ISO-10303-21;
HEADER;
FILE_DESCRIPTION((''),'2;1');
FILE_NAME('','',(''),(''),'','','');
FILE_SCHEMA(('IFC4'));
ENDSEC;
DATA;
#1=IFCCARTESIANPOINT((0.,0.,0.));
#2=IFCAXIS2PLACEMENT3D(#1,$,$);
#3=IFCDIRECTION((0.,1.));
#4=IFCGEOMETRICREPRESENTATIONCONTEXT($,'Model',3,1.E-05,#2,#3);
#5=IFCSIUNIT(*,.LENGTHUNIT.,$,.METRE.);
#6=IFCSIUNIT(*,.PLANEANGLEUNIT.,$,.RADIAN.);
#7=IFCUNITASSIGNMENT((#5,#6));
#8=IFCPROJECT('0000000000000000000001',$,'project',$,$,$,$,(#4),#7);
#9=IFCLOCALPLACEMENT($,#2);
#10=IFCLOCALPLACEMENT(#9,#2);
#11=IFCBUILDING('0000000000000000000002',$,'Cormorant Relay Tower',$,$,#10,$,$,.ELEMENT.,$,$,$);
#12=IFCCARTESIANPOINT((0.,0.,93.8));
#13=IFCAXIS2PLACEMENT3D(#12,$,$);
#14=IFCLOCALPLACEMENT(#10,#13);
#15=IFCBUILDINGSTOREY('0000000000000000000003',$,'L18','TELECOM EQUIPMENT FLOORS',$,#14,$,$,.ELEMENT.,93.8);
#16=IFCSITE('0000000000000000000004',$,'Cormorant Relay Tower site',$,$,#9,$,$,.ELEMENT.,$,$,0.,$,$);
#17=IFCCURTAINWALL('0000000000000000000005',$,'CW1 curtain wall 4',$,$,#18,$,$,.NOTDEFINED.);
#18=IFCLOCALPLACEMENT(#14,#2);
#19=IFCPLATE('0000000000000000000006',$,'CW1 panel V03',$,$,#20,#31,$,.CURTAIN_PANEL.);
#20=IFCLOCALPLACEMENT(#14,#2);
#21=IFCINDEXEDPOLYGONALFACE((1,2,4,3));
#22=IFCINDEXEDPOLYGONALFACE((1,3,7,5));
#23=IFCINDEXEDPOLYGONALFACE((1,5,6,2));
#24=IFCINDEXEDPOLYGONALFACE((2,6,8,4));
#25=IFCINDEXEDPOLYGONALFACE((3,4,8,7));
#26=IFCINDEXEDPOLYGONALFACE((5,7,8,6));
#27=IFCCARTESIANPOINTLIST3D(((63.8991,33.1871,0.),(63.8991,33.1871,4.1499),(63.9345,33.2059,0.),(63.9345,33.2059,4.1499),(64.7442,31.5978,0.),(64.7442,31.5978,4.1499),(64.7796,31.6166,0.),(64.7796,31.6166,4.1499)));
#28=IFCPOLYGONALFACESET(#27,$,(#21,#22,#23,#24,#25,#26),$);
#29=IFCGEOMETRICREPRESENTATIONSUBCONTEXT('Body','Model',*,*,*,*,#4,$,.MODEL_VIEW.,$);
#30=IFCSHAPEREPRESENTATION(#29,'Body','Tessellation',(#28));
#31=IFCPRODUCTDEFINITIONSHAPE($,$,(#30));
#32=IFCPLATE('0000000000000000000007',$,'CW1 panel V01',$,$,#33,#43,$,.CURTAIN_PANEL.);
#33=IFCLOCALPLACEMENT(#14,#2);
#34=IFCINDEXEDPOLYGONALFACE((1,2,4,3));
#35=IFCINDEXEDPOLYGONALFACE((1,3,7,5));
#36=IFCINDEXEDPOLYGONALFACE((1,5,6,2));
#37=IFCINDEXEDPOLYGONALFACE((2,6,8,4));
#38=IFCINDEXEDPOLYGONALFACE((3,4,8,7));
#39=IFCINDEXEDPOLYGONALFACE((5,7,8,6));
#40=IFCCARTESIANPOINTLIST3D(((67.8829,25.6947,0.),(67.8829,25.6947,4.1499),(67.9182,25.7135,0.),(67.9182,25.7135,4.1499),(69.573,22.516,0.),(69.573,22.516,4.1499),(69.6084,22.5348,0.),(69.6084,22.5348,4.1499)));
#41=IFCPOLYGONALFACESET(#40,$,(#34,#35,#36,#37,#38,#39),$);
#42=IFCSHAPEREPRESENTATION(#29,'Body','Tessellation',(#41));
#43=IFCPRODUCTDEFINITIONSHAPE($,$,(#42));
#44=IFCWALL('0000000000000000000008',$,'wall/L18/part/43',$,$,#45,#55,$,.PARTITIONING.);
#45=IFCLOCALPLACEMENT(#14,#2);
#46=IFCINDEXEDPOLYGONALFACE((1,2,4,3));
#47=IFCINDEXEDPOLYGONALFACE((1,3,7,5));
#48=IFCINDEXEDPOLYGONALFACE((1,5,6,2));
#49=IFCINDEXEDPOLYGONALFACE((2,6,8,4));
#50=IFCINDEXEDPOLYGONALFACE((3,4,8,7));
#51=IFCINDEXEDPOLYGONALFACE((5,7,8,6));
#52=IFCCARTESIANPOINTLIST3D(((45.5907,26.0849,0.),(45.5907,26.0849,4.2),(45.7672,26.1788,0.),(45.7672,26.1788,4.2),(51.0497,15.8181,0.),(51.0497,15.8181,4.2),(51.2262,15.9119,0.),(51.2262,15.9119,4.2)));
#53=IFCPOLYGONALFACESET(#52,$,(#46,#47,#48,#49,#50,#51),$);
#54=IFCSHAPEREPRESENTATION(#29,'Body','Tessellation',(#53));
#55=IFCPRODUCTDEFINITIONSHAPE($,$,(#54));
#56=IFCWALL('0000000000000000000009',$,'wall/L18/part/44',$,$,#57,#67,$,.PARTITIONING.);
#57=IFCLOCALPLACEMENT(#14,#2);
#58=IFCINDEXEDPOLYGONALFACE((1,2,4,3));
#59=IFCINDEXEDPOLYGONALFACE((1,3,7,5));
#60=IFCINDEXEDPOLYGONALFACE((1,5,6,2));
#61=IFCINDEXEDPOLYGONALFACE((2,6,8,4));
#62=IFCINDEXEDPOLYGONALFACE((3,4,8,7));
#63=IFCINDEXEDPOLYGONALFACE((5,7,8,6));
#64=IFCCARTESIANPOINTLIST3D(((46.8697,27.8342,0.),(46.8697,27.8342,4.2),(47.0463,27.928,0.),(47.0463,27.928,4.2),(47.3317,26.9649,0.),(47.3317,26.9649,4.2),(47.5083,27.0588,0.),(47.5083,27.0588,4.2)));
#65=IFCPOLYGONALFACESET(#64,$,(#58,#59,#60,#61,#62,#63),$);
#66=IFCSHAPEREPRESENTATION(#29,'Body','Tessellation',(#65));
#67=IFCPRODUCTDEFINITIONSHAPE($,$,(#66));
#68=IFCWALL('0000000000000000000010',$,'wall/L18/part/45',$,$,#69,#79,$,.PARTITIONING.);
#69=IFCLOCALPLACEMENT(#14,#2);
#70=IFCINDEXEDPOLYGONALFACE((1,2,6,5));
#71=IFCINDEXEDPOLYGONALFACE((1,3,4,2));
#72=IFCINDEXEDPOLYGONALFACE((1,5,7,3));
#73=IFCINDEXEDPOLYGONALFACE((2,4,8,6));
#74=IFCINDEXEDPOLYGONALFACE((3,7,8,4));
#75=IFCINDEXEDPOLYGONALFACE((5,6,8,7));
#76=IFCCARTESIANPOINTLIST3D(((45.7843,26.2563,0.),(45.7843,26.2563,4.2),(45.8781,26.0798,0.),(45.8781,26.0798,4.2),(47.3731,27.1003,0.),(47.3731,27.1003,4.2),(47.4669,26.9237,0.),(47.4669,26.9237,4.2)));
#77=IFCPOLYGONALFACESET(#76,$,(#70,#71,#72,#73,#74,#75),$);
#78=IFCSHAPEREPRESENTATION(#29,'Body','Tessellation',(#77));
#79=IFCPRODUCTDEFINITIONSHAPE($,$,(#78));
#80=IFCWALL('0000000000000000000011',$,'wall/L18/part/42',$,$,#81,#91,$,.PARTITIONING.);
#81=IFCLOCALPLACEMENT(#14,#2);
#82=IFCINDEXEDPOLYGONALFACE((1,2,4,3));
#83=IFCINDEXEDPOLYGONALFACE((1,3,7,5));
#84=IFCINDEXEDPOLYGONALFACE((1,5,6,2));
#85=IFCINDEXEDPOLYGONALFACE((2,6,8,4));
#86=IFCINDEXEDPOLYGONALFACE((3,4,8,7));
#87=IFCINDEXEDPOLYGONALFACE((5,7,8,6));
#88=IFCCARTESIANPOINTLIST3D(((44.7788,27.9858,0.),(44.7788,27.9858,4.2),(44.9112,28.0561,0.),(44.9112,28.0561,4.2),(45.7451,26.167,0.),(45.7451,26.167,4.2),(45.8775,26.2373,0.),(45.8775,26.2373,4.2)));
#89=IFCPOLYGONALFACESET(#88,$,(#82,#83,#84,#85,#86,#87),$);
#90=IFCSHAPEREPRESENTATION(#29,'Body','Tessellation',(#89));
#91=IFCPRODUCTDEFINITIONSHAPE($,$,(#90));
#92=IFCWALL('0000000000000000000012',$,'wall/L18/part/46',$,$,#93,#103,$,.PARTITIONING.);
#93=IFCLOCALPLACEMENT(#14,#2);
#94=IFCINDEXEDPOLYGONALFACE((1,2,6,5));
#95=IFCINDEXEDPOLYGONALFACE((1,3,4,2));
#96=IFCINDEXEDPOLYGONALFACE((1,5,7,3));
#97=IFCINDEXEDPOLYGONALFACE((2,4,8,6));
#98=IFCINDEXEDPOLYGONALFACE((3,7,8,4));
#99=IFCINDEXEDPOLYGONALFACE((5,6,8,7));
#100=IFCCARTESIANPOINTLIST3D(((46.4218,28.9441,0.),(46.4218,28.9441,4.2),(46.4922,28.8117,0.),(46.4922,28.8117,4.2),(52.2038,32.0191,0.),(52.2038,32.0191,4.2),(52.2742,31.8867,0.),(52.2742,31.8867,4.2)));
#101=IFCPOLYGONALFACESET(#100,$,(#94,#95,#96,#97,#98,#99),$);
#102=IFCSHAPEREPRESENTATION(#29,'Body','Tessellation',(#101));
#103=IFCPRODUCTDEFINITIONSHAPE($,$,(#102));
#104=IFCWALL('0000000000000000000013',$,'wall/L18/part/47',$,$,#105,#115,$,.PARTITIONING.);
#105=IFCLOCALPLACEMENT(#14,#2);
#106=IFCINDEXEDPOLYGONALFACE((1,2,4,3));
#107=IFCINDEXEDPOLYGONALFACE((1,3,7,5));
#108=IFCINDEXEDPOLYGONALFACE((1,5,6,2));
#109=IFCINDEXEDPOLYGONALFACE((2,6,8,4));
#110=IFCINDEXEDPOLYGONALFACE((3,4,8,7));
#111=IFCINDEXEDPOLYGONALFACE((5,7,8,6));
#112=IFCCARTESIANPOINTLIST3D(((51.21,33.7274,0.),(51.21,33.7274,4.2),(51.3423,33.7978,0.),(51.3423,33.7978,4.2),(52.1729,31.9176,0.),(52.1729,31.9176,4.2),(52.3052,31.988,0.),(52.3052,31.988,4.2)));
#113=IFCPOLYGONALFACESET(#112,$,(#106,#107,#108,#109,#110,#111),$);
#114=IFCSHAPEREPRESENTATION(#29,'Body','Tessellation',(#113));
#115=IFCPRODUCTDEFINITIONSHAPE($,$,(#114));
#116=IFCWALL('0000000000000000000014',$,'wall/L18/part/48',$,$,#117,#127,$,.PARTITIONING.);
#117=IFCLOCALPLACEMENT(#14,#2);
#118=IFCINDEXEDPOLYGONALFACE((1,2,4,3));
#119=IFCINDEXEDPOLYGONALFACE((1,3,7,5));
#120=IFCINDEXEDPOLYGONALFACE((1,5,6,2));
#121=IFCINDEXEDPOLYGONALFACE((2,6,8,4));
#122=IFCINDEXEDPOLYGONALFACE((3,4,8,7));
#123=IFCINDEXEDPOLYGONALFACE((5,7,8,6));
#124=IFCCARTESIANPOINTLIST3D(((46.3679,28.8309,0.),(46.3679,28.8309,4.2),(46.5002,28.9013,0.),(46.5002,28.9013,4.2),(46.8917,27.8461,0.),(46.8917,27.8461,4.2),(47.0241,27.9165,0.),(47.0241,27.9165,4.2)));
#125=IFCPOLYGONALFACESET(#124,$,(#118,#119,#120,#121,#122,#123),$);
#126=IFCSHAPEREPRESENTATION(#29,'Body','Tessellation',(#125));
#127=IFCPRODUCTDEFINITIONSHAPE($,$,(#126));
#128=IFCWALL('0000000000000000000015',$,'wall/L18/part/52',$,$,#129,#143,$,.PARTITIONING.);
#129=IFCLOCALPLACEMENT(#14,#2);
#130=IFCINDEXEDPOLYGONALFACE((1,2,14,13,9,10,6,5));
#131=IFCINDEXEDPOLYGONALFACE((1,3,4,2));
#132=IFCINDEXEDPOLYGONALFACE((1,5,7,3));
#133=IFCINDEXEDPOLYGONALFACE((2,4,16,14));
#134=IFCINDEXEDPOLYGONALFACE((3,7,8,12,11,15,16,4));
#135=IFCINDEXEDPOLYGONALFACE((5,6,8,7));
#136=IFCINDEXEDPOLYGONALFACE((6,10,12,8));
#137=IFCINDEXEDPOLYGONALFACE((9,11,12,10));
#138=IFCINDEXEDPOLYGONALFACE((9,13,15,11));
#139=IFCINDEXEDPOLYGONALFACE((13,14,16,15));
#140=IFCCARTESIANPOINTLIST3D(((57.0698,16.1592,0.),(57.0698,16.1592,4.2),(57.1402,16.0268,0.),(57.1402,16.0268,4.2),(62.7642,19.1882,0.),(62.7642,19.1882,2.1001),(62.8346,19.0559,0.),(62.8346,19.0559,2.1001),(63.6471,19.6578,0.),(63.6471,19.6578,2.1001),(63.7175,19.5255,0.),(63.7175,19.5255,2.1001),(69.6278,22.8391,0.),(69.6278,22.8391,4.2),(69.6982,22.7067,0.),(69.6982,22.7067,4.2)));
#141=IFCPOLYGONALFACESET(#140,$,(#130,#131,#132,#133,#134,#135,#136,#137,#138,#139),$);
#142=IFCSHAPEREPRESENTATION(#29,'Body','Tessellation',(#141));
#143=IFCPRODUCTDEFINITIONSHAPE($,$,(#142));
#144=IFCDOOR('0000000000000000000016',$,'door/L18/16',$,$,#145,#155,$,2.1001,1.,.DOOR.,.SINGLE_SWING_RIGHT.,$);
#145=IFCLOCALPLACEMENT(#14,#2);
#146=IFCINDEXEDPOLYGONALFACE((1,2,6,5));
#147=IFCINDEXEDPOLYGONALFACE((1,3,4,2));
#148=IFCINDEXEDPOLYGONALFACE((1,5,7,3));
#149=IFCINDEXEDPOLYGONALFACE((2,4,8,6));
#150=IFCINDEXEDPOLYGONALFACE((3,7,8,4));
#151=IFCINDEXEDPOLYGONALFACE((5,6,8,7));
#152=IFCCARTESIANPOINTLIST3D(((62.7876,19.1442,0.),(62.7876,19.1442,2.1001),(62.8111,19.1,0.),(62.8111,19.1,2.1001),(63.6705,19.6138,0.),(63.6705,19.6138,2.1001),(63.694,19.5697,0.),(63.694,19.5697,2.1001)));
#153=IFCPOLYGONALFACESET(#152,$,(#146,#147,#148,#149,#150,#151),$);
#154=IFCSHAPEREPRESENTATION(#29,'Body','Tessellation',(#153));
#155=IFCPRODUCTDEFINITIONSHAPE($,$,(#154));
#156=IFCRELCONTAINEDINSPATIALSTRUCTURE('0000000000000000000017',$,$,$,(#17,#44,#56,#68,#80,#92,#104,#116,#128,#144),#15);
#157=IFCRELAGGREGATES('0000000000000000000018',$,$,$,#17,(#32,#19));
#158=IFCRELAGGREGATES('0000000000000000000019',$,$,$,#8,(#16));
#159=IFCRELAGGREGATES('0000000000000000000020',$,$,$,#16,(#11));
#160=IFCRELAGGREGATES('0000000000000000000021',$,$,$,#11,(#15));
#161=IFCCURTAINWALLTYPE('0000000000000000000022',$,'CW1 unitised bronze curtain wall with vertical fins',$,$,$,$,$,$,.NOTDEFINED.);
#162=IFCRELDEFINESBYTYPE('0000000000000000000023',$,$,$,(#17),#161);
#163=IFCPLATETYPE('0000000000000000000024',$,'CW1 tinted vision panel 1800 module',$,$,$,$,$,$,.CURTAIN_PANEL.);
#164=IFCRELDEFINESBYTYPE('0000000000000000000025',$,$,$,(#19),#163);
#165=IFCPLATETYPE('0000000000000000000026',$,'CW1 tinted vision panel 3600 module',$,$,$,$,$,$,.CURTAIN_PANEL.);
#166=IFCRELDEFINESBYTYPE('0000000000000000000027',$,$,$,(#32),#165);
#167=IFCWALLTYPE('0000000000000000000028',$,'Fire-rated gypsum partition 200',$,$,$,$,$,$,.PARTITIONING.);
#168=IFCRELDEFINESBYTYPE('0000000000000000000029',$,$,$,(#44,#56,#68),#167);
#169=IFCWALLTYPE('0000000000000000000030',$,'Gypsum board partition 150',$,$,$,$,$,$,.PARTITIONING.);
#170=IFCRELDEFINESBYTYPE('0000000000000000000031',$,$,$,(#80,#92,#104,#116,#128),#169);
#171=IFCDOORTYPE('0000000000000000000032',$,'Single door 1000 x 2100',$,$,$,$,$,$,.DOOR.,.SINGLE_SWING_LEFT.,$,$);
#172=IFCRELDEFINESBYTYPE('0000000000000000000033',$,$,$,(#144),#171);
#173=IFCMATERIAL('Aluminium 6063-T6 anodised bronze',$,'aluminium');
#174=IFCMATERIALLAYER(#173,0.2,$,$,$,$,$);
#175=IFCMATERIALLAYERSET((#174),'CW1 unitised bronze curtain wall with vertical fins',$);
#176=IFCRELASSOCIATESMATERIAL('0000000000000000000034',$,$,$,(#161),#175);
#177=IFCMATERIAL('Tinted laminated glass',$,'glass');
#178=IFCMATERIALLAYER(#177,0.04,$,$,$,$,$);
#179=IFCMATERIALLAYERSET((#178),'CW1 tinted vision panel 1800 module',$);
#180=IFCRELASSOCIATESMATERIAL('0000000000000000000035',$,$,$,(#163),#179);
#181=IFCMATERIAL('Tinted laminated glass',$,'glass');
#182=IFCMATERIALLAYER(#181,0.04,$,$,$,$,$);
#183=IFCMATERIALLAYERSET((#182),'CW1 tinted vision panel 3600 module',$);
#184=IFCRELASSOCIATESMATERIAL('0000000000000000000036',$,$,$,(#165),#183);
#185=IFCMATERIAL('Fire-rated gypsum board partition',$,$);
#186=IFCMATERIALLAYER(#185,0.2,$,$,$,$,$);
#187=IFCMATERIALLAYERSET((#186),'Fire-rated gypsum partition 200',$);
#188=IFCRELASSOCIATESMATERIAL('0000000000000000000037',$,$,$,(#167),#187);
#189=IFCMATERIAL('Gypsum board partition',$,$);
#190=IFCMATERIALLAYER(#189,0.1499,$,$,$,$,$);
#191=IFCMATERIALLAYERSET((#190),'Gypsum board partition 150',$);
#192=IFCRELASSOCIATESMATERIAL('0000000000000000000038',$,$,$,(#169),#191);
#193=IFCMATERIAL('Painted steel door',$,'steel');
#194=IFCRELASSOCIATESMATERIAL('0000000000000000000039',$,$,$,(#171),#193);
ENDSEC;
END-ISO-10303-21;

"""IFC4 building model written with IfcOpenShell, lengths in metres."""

from ifc_helpers import new_model, si_unit, direction, frame, frame_2d, origin, origin_2d, place, context, subcontext, project, spatial, rectangle, extrude, material, layer, layer_set, type_object, element, fill, aggregate, save


model = new_model("IFC4")

# Units and contexts
model_context = context("Model", 3, precision=1e-05, world=origin(), true_north=direction((0.0, 1.0)))
body_context = subcontext(model_context, "Body", "Model", "MODEL_VIEW")
ifc_project = project(units=[si_unit("LENGTHUNIT", "METRE"), si_unit("PLANEANGLEUNIT", "RADIAN")], contexts=[model_context])

# Site, building, storey
site_placement = place(None, origin())
site = spatial("IfcSite", under=ifc_project, at=site_placement, Name="Cormorant Relay Tower site", CompositionType="ELEMENT", RefElevation=0.0)
building_placement = place(site_placement, origin())
building = spatial("IfcBuilding", under=site, at=building_placement, Name="Cormorant Relay Tower", CompositionType="ELEMENT")
storey_placement = place(building_placement, frame((0.0, 0.0, 93.8)))
storey = spatial("IfcBuildingStorey", under=building, at=storey_placement, Name="L18", Description="TELECOM EQUIPMENT FLOORS", CompositionType="ELEMENT", Elevation=93.8)

# Curtain wall
ifc_material_1 = material(Name="Aluminium 6063-T6 anodised bronze", Category="aluminium")
ifc_layer_1 = layer(ifc_material_1, 0.2)
ifc_layer_set_1 = layer_set([ifc_layer_1], Name="CW1 unitised bronze curtain wall with vertical fins")
curtain_wall_type = type_object("IfcCurtainWallType", Name="CW1 unitised bronze curtain wall with vertical fins", PredefinedType="NOTDEFINED", material=ifc_layer_set_1)
curtain_wall_1_placement = place(storey_placement, origin())
curtain_wall_1 = element("IfcCurtainWall", 1, at=curtain_wall_1_placement, inside=storey, type_object=curtain_wall_type, Name="CW1 curtain wall 4", PredefinedType="NOTDEFINED")

# Shared definitions
ifc_material_2 = material(Name="Tinted laminated glass", Category="glass")
ifc_layer_2 = layer(ifc_material_2, 0.04)
ifc_layer_set_2 = layer_set([ifc_layer_2], Name="CW1 tinted vision panel 1800 module")
plate_type_1 = type_object("IfcPlateType", Name="CW1 tinted vision panel 1800 module", PredefinedType="CURTAIN_PANEL", material=ifc_layer_set_2)

# Plates
plate_1_placement = place(storey_placement, frame((64.3394, 32.4019, 0.0), z_axis=(0.0, 0.0, 1.0), x_axis=(-0.469472, 0.882948, 0.0)))
plate_1 = element("IfcPlate", 2, at=plate_1_placement, type_object=plate_type_1, Name="CW1 panel V03", PredefinedType="CURTAIN_PANEL", context=body_context, shape_type="SweptSolid", body=[
    extrude(rectangle(XDim=1.8, YDim=0.04, at=origin_2d()), origin(), (0.0, 0.0, 1.0), 4.1499),
])
ifc_material_3 = material(Name="Tinted laminated glass", Category="glass")
ifc_layer_3 = layer(ifc_material_3, 0.04)
ifc_layer_set_3 = layer_set([ifc_layer_3], Name="CW1 tinted vision panel 3600 module")
plate_type_2 = type_object("IfcPlateType", Name="CW1 tinted vision panel 3600 module", PredefinedType="CURTAIN_PANEL", material=ifc_layer_set_3)
plate_2_placement = place(storey_placement, frame((68.7456, 24.1147, 0.0), z_axis=(0.0, 0.0, 1.0), x_axis=(-0.469472, 0.882948, 0.0)))
plate_2 = element("IfcPlate", 3, at=plate_2_placement, type_object=plate_type_2, Name="CW1 panel V01", PredefinedType="CURTAIN_PANEL", context=body_context, shape_type="SweptSolid", body=[
    extrude(rectangle(XDim=3.6001, YDim=0.04, at=origin_2d()), origin(), (0.0, 0.0, 1.0), 4.1499),
])

# Walls
ifc_material_4 = material(Name="Fire-rated gypsum board partition")
ifc_layer_4 = layer(ifc_material_4, 0.2)
ifc_layer_set_4 = layer_set([ifc_layer_4], Name="Fire-rated gypsum partition 200")
wall_type_1 = type_object("IfcWallType", Name="Fire-rated gypsum partition 200", PredefinedType="PARTITIONING", material=ifc_layer_set_4)
wall_1_placement = place(storey_placement, frame((45.679, 26.1318, 0.0), z_axis=(0.0, 0.0, 1.0), x_axis=(0.469472, -0.882947, 0.0)))
element("IfcWall", 4, at=wall_1_placement, inside=storey, type_object=wall_type_1, Name="wall/L18/part/43", PredefinedType="PARTITIONING", context=body_context, shape_type="SweptSolid", body=[
    extrude(rectangle(XDim=11.6279, YDim=0.2, at=frame_2d((5.814, 0.0))), origin(), (0.0, 0.0, 1.0), 4.2),
])
wall_2_placement = place(storey_placement, frame((46.958, 27.8811, 0.0), z_axis=(0.0, 0.0, 1.0), x_axis=(0.4693, -0.883039, 0.0)))
element("IfcWall", 5, at=wall_2_placement, inside=storey, type_object=wall_type_1, Name="wall/L18/part/44", PredefinedType="PARTITIONING", context=body_context, shape_type="SweptSolid", body=[
    extrude(rectangle(XDim=0.9844, YDim=0.2, at=frame_2d((0.4922, 0.0))), origin(), (0.0, 0.0, 1.0), 4.2),
])
wall_3_placement = place(storey_placement, frame((47.4199, 27.012, 0.0), z_axis=(0.0, 0.0, 1.0), x_axis=(-0.883137, -0.469116, 0.0)))
element("IfcWall", 6, at=wall_3_placement, inside=storey, type_object=wall_type_1, Name="wall/L18/part/45", PredefinedType="PARTITIONING", context=body_context, shape_type="SweptSolid", body=[
    extrude(rectangle(XDim=1.7991, YDim=0.2, at=frame_2d((0.8994, 0.0))), origin(), (0.0, 0.0, 1.0), 4.2),
])
ifc_material_5 = material(Name="Gypsum board partition")
ifc_layer_5 = layer(ifc_material_5, 0.1499)
ifc_layer_set_5 = layer_set([ifc_layer_5], Name="Gypsum board partition 150")
wall_type_2 = type_object("IfcWallType", Name="Gypsum board partition 150", PredefinedType="PARTITIONING", material=ifc_layer_set_5)
wall_4_placement = place(storey_placement, frame((45.8113, 26.2021, 0.0), z_axis=(0.0, 0.0, 1.0), x_axis=(-0.469173, 0.883107, 0.0)))
element("IfcWall", 7, at=wall_4_placement, inside=storey, type_object=wall_type_2, Name="wall/L18/part/42", PredefinedType="PARTITIONING", context=body_context, shape_type="SweptSolid", body=[
    extrude(rectangle(XDim=2.0596, YDim=0.1499, at=frame_2d((1.0298, 0.0))), origin(), (0.0, 0.0, 1.0), 4.2),
])
wall_5_placement = place(storey_placement, frame((52.239, 31.9529, 0.0), z_axis=(0.0, 0.0, 1.0), x_axis=(-0.882909, -0.469545, 0.0)))
element("IfcWall", 8, at=wall_5_placement, inside=storey, type_object=wall_type_2, Name="wall/L18/part/46", PredefinedType="PARTITIONING", context=body_context, shape_type="SweptSolid", body=[
    extrude(rectangle(XDim=6.5488, YDim=0.1499, at=frame_2d((3.2744, 0.0))), origin(), (0.0, 0.0, 1.0), 4.2),
])
wall_6_placement = place(storey_placement, frame((52.239, 31.9529, 0.0), z_axis=(0.0, 0.0, 1.0), x_axis=(-0.469698, 0.882827, 0.0)))
element("IfcWall", 9, at=wall_6_placement, inside=storey, type_object=wall_type_2, Name="wall/L18/part/47", PredefinedType="PARTITIONING", context=body_context, shape_type="SweptSolid", body=[
    extrude(rectangle(XDim=2.05, YDim=0.1499, at=frame_2d((1.0249, 0.0))), origin(), (0.0, 0.0, 1.0), 4.2),
])
wall_7_placement = place(storey_placement, frame((46.4341, 28.866, 0.0), z_axis=(0.0, 0.0, 1.0), x_axis=(0.469657, -0.882849, 0.0)))
element("IfcWall", 10, at=wall_7_placement, inside=storey, type_object=wall_type_2, Name="wall/L18/part/48", PredefinedType="PARTITIONING", context=body_context, shape_type="SweptSolid", body=[
    extrude(rectangle(XDim=1.1155, YDim=0.1499, at=frame_2d((0.5576, 0.0))), origin(), (0.0, 0.0, 1.0), 4.2),
])

# Wall, opening, door
wall_8_placement = place(storey_placement, frame((57.105, 16.093, 0.0), z_axis=(0.0, 0.0, 1.0), x_axis=(0.88287, 0.469618, 0.0)))
wall_8 = element("IfcWall", 11, at=wall_8_placement, inside=storey, type_object=wall_type_2, Name="wall/L18/part/52", PredefinedType="PARTITIONING", context=body_context, shape_type="SweptSolid", body=[
    extrude(rectangle(XDim=14.2241, YDim=0.1499, at=frame_2d((7.1121, 0.0))), origin(), (0.0, 0.0, 1.0), 4.2),
])
opening_placement = place(wall_8_placement, frame((6.45, 0.0, 0.0)))
opening = element("IfcOpeningElement", 12, at=opening_placement, cuts=wall_8, PredefinedType="OPENING", context=body_context, shape_type="SweptSolid", body=[
    extrude(rectangle(XDim=1.0, YDim=2.1001, at=frame_2d((0.5, 1.05))), frame((0.0, 0.085, 0.0), z_axis=(0.0, -1.0, 0.0), x_axis=(1.0, 0.0, 0.0)), (0.0, 0.0, 1.0), 0.1699),
])
ifc_material_6 = material(Name="Painted steel door", Category="steel")
door_type = type_object("IfcDoorType", Name="Single door 1000 x 2100", OperationType="SINGLE_SWING_LEFT", PredefinedType="DOOR", material=ifc_material_6)
door_placement = place(opening_placement, frame((1.0, 0.0, 0.0), z_axis=(0.0, 0.0, 1.0), x_axis=(-1.0, 0.0, 0.0)))
door = element("IfcDoor", 13, at=door_placement, inside=storey, type_object=door_type, Name="door/L18/16", OperationType="SINGLE_SWING_RIGHT", OverallHeight=2.1001, OverallWidth=1.0, PredefinedType="DOOR", context=body_context, shape_type="SweptSolid", body=[
    extrude(rectangle(XDim=1.0, YDim=2.1001, at=frame_2d((0.5, 1.05))), frame((0.0, 0.0249, 0.0), z_axis=(0.0, -1.0, 0.0), x_axis=(1.0, 0.0, 0.0)), (0.0, 0.0, 1.0), 0.05),
])
fill(opening, door)

aggregate(curtain_wall_1, [plate_2, plate_1])

save(model, "model.ifc")
